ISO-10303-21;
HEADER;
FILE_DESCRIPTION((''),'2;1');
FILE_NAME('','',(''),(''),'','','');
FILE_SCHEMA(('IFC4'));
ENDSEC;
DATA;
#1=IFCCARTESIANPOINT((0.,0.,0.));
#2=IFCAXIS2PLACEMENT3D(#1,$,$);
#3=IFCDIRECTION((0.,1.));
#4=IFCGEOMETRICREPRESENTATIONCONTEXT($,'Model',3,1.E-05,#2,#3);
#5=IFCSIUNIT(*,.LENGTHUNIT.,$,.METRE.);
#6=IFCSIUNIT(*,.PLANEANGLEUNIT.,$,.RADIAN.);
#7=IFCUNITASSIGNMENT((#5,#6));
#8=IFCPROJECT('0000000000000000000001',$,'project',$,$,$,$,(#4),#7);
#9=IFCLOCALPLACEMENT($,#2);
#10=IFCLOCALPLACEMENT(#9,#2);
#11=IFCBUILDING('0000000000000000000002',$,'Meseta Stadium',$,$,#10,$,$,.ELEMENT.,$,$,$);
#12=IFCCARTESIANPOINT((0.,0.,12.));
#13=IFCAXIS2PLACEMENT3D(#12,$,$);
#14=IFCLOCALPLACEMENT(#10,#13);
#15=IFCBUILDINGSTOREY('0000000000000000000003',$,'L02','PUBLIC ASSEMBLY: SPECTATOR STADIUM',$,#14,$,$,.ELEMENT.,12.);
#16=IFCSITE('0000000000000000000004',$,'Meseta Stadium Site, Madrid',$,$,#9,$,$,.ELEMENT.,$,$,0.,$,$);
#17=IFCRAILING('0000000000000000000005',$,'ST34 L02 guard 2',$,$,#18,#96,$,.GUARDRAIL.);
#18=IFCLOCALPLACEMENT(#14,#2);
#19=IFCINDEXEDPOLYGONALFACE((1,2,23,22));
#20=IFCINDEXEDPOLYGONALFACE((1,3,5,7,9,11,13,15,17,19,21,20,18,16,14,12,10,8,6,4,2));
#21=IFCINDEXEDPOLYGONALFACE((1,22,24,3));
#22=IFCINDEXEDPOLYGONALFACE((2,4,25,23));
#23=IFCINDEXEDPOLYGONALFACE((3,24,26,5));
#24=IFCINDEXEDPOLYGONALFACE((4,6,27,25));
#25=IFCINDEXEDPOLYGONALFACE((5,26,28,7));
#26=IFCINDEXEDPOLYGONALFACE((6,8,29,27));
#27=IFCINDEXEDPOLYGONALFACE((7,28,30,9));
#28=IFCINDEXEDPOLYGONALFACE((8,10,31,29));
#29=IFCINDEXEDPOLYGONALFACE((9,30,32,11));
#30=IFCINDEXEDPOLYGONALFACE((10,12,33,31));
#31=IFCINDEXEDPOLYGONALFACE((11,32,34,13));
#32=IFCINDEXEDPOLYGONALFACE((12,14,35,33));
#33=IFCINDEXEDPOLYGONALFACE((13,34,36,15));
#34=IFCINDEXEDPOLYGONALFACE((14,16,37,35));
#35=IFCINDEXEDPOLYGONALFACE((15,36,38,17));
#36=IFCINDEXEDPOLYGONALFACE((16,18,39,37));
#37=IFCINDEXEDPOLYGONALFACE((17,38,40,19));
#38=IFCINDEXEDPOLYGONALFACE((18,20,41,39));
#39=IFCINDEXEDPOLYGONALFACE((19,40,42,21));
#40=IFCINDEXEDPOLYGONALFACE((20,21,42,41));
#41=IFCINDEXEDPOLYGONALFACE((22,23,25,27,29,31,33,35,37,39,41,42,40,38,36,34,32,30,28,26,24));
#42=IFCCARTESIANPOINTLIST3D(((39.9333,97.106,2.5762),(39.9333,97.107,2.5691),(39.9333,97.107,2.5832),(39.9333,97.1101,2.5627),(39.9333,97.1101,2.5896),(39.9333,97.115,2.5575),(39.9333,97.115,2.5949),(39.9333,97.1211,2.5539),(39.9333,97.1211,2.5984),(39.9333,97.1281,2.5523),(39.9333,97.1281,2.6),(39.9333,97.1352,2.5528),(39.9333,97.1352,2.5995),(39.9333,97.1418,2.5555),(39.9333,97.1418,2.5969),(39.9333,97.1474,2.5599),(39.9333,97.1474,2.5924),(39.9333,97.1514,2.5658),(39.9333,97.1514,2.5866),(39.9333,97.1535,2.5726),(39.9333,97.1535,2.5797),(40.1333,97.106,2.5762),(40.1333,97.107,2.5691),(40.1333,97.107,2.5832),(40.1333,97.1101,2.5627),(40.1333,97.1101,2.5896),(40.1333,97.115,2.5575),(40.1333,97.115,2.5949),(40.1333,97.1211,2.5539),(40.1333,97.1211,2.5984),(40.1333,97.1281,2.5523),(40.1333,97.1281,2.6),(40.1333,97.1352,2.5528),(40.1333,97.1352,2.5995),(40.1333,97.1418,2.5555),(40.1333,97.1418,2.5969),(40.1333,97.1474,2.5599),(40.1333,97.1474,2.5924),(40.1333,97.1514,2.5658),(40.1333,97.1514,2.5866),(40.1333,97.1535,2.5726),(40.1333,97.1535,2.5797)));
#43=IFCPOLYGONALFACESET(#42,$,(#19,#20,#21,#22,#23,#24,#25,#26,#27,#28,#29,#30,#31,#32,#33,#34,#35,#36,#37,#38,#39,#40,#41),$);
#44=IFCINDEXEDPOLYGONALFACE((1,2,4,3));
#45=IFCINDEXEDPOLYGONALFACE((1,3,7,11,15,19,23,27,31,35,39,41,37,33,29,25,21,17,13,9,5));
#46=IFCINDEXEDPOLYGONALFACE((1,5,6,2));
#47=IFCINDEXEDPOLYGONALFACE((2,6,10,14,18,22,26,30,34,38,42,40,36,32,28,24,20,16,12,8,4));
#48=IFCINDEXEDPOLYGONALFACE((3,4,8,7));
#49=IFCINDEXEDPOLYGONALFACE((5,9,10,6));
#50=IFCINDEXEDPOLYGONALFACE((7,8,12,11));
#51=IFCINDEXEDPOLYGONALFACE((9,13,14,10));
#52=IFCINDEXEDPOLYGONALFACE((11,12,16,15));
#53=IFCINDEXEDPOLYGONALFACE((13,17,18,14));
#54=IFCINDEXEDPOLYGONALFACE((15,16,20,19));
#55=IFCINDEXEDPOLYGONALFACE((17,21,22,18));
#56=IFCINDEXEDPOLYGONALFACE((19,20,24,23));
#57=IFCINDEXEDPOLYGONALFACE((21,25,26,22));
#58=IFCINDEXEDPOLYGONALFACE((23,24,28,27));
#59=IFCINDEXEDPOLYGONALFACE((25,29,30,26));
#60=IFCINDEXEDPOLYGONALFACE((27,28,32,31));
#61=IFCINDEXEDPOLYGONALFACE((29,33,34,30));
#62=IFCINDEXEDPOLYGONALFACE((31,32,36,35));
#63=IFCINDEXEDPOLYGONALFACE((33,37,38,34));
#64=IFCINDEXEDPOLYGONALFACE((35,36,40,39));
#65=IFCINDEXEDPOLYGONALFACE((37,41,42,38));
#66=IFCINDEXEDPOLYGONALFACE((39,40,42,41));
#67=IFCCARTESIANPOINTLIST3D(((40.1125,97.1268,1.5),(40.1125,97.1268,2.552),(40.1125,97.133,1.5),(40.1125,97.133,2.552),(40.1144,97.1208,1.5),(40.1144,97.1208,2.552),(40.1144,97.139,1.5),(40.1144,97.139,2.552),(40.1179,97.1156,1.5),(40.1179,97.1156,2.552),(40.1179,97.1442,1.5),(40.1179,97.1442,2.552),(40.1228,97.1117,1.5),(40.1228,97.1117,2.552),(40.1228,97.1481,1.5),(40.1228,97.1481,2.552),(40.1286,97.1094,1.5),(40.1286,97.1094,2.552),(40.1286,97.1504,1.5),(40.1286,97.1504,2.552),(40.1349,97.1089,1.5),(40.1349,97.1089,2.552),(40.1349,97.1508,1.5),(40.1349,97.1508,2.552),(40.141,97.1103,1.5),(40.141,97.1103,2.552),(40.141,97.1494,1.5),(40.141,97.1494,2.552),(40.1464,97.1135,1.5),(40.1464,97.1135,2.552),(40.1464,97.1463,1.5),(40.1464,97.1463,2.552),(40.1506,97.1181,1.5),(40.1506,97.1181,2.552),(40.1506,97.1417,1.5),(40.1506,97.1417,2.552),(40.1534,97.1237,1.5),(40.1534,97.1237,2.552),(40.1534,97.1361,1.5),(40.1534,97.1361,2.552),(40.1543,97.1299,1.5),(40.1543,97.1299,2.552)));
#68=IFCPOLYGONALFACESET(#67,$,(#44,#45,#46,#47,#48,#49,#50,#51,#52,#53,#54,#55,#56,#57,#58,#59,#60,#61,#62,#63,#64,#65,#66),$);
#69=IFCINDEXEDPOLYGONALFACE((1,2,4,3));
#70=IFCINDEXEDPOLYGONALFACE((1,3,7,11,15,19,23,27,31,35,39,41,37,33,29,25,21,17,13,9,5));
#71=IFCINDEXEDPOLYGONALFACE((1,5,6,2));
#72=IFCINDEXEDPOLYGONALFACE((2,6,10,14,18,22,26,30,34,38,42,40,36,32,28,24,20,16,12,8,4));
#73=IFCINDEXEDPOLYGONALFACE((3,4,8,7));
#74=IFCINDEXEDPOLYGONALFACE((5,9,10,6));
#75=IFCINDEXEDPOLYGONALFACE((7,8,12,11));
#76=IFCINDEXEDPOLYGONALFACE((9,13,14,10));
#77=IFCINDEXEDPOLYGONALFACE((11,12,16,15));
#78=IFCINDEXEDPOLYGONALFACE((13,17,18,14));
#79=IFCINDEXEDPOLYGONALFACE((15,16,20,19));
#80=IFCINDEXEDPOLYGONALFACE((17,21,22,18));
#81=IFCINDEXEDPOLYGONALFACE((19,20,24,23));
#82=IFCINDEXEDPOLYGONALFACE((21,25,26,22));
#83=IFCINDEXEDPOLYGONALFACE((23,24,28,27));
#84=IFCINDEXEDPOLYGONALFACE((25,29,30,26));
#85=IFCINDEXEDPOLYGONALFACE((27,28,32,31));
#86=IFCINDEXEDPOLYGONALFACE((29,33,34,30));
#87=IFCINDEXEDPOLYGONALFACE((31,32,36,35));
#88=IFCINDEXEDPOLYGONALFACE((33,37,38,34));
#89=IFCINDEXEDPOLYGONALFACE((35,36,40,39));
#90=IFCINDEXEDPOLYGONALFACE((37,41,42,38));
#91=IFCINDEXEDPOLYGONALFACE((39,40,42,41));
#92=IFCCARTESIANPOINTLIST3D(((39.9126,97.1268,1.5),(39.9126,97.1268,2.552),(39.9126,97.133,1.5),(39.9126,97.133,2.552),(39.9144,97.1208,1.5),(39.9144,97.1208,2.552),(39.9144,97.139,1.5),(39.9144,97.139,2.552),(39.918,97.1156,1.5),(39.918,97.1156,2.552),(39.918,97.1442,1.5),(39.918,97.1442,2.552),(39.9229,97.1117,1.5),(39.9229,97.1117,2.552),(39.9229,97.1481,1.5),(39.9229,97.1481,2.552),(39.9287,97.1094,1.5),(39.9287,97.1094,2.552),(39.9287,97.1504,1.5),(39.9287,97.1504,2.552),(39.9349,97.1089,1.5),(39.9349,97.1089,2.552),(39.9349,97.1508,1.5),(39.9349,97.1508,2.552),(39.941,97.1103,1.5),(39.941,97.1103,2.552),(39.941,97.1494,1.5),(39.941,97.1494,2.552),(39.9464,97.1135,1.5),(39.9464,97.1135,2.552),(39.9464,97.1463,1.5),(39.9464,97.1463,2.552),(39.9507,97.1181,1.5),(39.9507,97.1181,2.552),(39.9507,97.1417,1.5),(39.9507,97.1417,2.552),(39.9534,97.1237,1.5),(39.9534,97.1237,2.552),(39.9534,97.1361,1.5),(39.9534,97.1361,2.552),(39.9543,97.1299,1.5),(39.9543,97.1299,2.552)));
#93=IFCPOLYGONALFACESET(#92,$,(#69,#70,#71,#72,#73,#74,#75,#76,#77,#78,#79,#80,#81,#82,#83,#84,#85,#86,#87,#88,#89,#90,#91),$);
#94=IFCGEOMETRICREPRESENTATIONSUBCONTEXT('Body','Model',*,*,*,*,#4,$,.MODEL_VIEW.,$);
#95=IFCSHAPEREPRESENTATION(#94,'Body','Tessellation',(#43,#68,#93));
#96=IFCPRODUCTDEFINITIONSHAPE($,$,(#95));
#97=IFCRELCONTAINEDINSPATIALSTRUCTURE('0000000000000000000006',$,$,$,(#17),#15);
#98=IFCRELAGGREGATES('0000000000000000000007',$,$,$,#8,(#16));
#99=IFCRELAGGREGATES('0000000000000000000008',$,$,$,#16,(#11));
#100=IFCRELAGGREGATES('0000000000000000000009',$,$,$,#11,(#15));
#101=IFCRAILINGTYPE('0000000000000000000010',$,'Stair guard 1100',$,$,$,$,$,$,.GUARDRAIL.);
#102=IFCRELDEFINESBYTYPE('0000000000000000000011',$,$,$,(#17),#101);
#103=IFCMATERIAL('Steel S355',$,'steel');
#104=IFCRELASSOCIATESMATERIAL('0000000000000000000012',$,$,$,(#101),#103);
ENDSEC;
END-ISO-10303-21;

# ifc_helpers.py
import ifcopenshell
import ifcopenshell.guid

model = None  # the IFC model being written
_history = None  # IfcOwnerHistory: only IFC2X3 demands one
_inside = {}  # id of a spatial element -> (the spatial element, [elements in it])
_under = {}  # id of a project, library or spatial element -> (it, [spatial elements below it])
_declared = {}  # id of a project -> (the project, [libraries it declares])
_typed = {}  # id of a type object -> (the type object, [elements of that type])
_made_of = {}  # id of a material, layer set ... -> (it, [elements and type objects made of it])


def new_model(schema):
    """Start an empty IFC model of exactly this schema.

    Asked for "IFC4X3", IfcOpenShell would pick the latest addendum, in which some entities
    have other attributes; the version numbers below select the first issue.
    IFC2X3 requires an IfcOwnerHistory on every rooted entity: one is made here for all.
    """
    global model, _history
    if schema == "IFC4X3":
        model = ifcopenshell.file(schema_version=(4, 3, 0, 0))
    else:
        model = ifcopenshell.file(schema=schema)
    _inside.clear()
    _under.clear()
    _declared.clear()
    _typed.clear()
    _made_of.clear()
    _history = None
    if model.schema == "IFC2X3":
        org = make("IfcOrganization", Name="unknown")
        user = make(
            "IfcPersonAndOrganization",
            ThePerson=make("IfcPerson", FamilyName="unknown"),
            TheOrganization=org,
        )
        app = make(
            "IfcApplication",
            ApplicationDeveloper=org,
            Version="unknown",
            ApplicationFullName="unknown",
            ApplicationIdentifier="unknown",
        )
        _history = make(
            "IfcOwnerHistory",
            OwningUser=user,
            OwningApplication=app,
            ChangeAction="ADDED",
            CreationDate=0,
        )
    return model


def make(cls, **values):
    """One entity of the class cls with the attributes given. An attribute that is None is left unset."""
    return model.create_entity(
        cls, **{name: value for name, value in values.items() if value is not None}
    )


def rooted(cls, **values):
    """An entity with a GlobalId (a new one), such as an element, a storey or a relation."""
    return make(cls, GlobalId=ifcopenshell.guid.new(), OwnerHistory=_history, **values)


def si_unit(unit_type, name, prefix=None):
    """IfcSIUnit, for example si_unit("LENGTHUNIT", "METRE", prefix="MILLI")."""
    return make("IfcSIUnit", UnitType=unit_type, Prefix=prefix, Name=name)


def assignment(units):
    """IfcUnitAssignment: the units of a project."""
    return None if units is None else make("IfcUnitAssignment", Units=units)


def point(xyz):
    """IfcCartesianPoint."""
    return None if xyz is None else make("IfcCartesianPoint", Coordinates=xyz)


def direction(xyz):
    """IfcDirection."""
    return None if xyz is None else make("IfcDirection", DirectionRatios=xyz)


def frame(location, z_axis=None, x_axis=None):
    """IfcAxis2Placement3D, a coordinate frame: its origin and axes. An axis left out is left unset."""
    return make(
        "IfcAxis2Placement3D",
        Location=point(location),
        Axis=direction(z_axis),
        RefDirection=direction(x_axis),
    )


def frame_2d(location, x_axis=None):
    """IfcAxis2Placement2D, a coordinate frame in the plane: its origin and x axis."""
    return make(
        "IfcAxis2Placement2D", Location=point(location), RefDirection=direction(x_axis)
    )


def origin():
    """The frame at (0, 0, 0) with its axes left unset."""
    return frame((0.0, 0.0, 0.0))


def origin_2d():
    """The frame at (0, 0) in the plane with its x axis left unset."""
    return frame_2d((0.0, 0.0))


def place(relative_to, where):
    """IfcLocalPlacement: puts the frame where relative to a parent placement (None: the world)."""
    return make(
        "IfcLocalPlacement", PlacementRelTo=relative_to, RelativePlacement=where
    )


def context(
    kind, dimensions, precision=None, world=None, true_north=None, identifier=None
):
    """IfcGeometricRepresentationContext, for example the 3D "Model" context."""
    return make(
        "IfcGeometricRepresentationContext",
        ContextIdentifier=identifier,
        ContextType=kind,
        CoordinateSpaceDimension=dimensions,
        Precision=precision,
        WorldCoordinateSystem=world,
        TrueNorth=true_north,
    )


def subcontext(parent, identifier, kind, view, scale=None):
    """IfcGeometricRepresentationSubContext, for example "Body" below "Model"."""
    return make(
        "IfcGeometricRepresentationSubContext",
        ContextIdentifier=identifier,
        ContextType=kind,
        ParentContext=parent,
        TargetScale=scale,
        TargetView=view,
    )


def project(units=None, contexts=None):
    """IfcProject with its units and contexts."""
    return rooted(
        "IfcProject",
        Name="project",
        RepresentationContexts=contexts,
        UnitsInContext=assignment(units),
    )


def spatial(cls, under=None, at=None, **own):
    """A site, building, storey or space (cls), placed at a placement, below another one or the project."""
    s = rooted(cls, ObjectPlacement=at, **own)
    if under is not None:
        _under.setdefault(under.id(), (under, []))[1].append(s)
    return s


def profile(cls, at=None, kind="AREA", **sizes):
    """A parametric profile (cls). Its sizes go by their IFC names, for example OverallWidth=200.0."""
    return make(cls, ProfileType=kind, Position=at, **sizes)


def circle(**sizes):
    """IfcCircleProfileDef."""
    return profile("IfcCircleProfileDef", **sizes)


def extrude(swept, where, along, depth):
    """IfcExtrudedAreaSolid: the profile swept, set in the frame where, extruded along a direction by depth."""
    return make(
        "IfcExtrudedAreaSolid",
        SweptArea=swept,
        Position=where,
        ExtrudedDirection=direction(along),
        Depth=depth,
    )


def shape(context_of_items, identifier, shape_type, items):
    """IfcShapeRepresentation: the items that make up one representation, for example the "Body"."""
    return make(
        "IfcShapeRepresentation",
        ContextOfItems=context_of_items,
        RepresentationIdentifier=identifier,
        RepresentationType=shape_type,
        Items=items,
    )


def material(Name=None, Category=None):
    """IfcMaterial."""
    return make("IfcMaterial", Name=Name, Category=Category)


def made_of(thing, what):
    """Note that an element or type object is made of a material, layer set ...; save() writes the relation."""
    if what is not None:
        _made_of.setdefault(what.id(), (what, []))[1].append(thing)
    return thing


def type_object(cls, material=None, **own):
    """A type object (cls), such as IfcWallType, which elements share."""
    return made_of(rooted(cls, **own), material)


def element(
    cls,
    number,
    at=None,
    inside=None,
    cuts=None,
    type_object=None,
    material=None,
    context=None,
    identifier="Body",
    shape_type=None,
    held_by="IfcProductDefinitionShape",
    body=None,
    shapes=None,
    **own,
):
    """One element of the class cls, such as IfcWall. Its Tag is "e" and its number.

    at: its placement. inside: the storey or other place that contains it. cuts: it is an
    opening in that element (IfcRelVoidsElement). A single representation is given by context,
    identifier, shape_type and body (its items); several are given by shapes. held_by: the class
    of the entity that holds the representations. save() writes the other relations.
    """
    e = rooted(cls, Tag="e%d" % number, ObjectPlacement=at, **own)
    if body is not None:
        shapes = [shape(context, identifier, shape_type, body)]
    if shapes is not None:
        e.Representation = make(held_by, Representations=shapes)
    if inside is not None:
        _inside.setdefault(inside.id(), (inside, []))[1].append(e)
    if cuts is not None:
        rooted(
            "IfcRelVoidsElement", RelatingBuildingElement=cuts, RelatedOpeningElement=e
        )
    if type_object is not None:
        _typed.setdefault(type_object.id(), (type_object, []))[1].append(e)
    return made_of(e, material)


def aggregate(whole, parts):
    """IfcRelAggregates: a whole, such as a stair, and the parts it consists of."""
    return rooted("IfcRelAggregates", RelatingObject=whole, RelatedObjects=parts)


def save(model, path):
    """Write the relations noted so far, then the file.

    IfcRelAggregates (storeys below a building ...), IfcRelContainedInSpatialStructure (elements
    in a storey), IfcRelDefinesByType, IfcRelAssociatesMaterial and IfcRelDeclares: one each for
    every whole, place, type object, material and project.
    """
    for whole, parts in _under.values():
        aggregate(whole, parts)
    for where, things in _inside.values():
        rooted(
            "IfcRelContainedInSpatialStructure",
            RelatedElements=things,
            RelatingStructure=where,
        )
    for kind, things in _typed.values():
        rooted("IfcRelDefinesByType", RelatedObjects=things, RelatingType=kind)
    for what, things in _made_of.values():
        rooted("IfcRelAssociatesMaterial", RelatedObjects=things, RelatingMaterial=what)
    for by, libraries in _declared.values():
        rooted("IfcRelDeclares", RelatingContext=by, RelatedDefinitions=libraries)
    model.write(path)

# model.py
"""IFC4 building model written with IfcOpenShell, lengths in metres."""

from ifc_helpers import new_model, si_unit, direction, frame, origin, origin_2d, place, context, subcontext, project, spatial, circle, extrude, material, type_object, element, save


model = new_model("IFC4")

# Units and contexts
model_context = context("Model", 3, precision=1e-05, world=origin(), true_north=direction((0.0, 1.0)))
body_context = subcontext(model_context, "Body", "Model", "MODEL_VIEW")
ifc_project = project(units=[si_unit("LENGTHUNIT", "METRE"), si_unit("PLANEANGLEUNIT", "RADIAN")], contexts=[model_context])

# Site, building, storey
site_placement = place(None, origin())
site = spatial("IfcSite", under=ifc_project, at=site_placement, Name="Meseta Stadium Site, Madrid", CompositionType="ELEMENT", RefElevation=0.0)
building_placement = place(site_placement, origin())
building = spatial("IfcBuilding", under=site, at=building_placement, Name="Meseta Stadium", CompositionType="ELEMENT")
storey_placement = place(building_placement, frame((0.0, 0.0, 12.0)))
storey = spatial("IfcBuildingStorey", under=building, at=storey_placement, Name="L02", Description="PUBLIC ASSEMBLY: SPECTATOR STADIUM", CompositionType="ELEMENT", Elevation=12.0)

# Railing
ifc_material_1 = material(Name="Steel S355", Category="steel")
railing_type_1 = type_object("IfcRailingType", Name="Stair guard 1100", PredefinedType="GUARDRAIL", material=ifc_material_1)
railing_1_placement = place(storey_placement, frame((40.1333, 97.1299, 1.5)))
element("IfcRailing", 1, at=railing_1_placement, inside=storey, type_object=railing_type_1, Name="ST34 L02 guard 2", PredefinedType="GUARDRAIL", context=body_context, shape_type="SweptSolid", body=[
    extrude(circle(Radius=0.0239, at=origin_2d()), frame((0.0, 0.0, 1.0762), z_axis=(-1.0, 0.0, 0.0), x_axis=(0.0, -1.0, 0.0)), (0.0, 0.0, 1.0), 0.2),
    extrude(circle(Radius=0.021, at=origin_2d()), origin(), (0.0, 0.0, 1.0), 1.052),
    extrude(circle(Radius=0.021, at=origin_2d()), frame((-0.2, 0.0, 0.0)), (0.0, 0.0, 1.0), 1.052),
])

save(model, "model.ifc")
